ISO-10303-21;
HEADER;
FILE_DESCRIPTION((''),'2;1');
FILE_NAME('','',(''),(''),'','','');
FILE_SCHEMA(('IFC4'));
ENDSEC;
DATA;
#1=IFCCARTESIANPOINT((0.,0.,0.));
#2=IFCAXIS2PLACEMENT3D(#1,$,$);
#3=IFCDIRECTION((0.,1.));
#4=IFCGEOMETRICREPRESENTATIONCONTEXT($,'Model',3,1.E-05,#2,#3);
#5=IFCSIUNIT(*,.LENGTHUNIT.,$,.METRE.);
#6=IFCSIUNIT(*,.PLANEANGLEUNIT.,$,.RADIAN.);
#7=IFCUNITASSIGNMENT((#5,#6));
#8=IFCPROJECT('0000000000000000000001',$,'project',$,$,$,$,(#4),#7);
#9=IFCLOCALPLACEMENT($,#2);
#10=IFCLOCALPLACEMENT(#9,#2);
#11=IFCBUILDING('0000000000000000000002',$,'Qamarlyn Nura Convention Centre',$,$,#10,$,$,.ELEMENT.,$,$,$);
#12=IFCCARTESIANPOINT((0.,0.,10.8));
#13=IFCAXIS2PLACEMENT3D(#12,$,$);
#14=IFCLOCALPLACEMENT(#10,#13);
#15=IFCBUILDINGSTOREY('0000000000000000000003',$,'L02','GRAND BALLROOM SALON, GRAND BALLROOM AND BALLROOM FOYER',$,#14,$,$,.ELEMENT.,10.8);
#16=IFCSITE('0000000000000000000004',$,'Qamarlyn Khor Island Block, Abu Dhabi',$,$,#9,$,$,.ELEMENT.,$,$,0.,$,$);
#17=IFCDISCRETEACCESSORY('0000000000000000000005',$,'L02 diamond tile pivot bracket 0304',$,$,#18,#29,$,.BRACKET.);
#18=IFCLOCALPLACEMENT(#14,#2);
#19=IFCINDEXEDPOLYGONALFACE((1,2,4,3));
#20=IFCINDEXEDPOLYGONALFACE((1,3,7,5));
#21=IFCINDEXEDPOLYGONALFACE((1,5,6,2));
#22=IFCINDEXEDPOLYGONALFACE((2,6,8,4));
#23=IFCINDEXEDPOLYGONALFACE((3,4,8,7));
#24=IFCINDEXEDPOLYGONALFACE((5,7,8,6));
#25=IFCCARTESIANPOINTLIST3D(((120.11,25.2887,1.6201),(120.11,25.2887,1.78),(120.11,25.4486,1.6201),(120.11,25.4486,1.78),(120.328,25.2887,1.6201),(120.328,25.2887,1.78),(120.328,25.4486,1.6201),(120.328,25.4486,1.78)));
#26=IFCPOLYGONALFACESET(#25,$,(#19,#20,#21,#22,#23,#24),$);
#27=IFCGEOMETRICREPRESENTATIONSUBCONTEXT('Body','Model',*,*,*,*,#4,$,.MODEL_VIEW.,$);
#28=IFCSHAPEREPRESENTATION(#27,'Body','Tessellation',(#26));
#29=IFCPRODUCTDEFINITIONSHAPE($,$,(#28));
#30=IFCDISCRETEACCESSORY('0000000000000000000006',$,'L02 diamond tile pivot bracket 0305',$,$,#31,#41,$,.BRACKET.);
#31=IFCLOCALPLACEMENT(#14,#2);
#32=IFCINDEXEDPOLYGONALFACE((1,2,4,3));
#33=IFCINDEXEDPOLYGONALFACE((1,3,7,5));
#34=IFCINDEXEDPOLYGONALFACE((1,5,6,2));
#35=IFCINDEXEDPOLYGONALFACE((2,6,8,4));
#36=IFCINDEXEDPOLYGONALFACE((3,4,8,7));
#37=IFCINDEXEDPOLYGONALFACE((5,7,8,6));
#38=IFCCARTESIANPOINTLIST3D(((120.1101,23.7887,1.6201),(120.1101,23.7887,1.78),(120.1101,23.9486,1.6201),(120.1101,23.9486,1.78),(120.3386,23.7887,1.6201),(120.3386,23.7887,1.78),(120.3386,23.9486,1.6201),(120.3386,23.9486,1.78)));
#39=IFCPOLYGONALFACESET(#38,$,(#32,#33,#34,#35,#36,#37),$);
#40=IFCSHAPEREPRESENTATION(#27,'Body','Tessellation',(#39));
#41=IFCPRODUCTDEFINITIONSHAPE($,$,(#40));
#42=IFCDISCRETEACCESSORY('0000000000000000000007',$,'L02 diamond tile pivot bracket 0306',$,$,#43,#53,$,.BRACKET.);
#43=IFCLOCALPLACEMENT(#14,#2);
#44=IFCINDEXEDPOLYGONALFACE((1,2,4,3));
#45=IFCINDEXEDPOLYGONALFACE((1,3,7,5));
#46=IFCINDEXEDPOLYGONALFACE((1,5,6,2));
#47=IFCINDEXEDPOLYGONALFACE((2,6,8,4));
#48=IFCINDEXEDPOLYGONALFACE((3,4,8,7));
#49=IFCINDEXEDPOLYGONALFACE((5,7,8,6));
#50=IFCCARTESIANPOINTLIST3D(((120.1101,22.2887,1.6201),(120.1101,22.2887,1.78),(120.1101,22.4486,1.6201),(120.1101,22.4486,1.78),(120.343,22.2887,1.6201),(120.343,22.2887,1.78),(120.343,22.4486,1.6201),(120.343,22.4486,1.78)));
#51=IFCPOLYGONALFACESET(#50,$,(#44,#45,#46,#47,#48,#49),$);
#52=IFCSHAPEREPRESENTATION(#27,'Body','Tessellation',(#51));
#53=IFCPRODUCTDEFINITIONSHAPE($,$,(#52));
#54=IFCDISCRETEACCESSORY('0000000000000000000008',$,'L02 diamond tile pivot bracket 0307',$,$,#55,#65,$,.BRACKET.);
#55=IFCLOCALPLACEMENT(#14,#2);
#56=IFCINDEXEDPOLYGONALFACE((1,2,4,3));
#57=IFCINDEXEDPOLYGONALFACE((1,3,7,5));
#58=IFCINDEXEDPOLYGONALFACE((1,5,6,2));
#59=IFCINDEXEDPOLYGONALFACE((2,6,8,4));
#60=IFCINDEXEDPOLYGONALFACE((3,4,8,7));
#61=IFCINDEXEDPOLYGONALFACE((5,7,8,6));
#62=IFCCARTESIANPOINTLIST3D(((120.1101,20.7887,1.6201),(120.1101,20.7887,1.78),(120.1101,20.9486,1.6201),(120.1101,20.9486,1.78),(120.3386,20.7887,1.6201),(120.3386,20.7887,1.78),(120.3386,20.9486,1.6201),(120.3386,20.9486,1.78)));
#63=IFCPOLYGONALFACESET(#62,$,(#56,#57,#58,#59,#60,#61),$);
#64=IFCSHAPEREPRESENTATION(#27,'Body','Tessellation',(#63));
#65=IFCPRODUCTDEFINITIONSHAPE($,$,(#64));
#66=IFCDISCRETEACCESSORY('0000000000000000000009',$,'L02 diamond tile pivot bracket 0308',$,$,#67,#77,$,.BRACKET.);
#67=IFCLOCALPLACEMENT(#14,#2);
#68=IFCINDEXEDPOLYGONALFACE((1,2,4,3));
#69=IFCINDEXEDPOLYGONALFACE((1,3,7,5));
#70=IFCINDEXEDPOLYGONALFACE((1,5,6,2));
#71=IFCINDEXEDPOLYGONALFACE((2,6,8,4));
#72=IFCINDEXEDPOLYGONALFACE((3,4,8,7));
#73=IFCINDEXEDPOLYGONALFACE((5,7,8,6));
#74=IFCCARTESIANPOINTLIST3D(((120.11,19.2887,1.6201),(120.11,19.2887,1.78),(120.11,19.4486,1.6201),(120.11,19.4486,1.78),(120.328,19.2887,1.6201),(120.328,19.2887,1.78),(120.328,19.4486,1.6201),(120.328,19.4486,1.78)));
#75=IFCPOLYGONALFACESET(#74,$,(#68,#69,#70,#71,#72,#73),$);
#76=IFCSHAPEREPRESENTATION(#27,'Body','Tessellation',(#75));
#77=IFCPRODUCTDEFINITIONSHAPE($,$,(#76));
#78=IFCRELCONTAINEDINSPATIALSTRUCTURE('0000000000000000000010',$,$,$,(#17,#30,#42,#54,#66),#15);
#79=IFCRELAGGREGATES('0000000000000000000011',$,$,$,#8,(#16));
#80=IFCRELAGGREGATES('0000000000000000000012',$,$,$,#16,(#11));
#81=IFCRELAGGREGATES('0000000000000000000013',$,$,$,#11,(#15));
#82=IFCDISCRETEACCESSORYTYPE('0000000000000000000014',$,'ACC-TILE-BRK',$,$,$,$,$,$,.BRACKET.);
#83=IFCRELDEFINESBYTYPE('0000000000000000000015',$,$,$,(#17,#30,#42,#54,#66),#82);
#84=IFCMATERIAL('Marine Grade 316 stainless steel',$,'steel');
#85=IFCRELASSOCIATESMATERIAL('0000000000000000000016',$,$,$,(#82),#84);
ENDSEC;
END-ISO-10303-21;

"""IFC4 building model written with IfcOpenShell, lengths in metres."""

from ifc_helpers import new_model, si_unit, direction, frame, origin, origin_2d, place, context, subcontext, project, spatial, rectangle, extrude, material, type_object, element, save


model = new_model("IFC4")

# Units and contexts
model_context = context("Model", 3, precision=1e-05, world=origin(), true_north=direction((0.0, 1.0)))
body_context = subcontext(model_context, "Body", "Model", "MODEL_VIEW")
ifc_project = project(units=[si_unit("LENGTHUNIT", "METRE"), si_unit("PLANEANGLEUNIT", "RADIAN")], contexts=[model_context])

# Site, building, storey
site_placement = place(None, origin())
site = spatial("IfcSite", under=ifc_project, at=site_placement, Name="Qamarlyn Khor Island Block, Abu Dhabi", CompositionType="ELEMENT", RefElevation=0.0)
building_placement = place(site_placement, origin())
building = spatial("IfcBuilding", under=site, at=building_placement, Name="Qamarlyn Nura Convention Centre", CompositionType="ELEMENT")
storey_placement = place(building_placement, frame((0.0, 0.0, 10.8)))
storey = spatial("IfcBuildingStorey", under=building, at=storey_placement, Name="L02", Description="GRAND BALLROOM SALON, GRAND BALLROOM AND BALLROOM FOYER", CompositionType="ELEMENT", Elevation=10.8)

# Discrete accessories
ifc_material_1 = material(Name="Marine Grade 316 stainless steel", Category="steel")
discrete_accessory_type = type_object("IfcDiscreteAccessoryType", Name="ACC-TILE-BRK", PredefinedType="BRACKET", material=ifc_material_1)
discrete_accessory_1_placement = place(storey_placement, frame((120.219, 25.3687, 1.6201), z_axis=(0.0, 0.0, 1.0), x_axis=(1.0, 0.0, 0.0)))
element("IfcDiscreteAccessory", 1, at=discrete_accessory_1_placement, inside=storey, type_object=discrete_accessory_type, Name="L02 diamond tile pivot bracket 0304", PredefinedType="BRACKET", context=body_context, shape_type="SweptSolid", body=[
    extrude(rectangle(XDim=0.218, YDim=0.1599, at=origin_2d()), origin(), (0.0, 0.0, 1.0), 0.1599),
])
discrete_accessory_2_placement = place(storey_placement, frame((120.2244, 23.8687, 1.6201), z_axis=(0.0, 0.0, 1.0), x_axis=(1.0, 0.0, 0.0)))
element("IfcDiscreteAccessory", 2, at=discrete_accessory_2_placement, inside=storey, type_object=discrete_accessory_type, Name="L02 diamond tile pivot bracket 0305", PredefinedType="BRACKET", context=body_context, shape_type="SweptSolid", body=[
    extrude(rectangle(XDim=0.2285, YDim=0.1599, at=origin_2d()), origin(), (0.0, 0.0, 1.0), 0.1599),
])
discrete_accessory_3_placement = place(storey_placement, frame((120.2266, 22.3687, 1.6201), z_axis=(0.0, 0.0, 1.0), x_axis=(1.0, 0.0, 0.0)))
element("IfcDiscreteAccessory", 3, at=discrete_accessory_3_placement, inside=storey, type_object=discrete_accessory_type, Name="L02 diamond tile pivot bracket 0306", PredefinedType="BRACKET", context=body_context, shape_type="SweptSolid", body=[
    extrude(rectangle(XDim=0.2329, YDim=0.1599, at=origin_2d()), origin(), (0.0, 0.0, 1.0), 0.1599),
])
discrete_accessory_4_placement = place(storey_placement, frame((120.2244, 20.8687, 1.6201), z_axis=(0.0, 0.0, 1.0), x_axis=(1.0, 0.0, 0.0)))
element("IfcDiscreteAccessory", 4, at=discrete_accessory_4_placement, inside=storey, type_object=discrete_accessory_type, Name="L02 diamond tile pivot bracket 0307", PredefinedType="BRACKET", context=body_context, shape_type="SweptSolid", body=[
    extrude(rectangle(XDim=0.2285, YDim=0.1599, at=origin_2d()), origin(), (0.0, 0.0, 1.0), 0.1599),
])
discrete_accessory_5_placement = place(storey_placement, frame((120.219, 19.3687, 1.6201), z_axis=(0.0, 0.0, 1.0), x_axis=(1.0, 0.0, 0.0)))
element("IfcDiscreteAccessory", 5, at=discrete_accessory_5_placement, inside=storey, type_object=discrete_accessory_type, Name="L02 diamond tile pivot bracket 0308", PredefinedType="BRACKET", context=body_context, shape_type="SweptSolid", body=[
    extrude(rectangle(XDim=0.218, YDim=0.1599, at=origin_2d()), origin(), (0.0, 0.0, 1.0), 0.1599),
])

save(model, "model.ifc")
